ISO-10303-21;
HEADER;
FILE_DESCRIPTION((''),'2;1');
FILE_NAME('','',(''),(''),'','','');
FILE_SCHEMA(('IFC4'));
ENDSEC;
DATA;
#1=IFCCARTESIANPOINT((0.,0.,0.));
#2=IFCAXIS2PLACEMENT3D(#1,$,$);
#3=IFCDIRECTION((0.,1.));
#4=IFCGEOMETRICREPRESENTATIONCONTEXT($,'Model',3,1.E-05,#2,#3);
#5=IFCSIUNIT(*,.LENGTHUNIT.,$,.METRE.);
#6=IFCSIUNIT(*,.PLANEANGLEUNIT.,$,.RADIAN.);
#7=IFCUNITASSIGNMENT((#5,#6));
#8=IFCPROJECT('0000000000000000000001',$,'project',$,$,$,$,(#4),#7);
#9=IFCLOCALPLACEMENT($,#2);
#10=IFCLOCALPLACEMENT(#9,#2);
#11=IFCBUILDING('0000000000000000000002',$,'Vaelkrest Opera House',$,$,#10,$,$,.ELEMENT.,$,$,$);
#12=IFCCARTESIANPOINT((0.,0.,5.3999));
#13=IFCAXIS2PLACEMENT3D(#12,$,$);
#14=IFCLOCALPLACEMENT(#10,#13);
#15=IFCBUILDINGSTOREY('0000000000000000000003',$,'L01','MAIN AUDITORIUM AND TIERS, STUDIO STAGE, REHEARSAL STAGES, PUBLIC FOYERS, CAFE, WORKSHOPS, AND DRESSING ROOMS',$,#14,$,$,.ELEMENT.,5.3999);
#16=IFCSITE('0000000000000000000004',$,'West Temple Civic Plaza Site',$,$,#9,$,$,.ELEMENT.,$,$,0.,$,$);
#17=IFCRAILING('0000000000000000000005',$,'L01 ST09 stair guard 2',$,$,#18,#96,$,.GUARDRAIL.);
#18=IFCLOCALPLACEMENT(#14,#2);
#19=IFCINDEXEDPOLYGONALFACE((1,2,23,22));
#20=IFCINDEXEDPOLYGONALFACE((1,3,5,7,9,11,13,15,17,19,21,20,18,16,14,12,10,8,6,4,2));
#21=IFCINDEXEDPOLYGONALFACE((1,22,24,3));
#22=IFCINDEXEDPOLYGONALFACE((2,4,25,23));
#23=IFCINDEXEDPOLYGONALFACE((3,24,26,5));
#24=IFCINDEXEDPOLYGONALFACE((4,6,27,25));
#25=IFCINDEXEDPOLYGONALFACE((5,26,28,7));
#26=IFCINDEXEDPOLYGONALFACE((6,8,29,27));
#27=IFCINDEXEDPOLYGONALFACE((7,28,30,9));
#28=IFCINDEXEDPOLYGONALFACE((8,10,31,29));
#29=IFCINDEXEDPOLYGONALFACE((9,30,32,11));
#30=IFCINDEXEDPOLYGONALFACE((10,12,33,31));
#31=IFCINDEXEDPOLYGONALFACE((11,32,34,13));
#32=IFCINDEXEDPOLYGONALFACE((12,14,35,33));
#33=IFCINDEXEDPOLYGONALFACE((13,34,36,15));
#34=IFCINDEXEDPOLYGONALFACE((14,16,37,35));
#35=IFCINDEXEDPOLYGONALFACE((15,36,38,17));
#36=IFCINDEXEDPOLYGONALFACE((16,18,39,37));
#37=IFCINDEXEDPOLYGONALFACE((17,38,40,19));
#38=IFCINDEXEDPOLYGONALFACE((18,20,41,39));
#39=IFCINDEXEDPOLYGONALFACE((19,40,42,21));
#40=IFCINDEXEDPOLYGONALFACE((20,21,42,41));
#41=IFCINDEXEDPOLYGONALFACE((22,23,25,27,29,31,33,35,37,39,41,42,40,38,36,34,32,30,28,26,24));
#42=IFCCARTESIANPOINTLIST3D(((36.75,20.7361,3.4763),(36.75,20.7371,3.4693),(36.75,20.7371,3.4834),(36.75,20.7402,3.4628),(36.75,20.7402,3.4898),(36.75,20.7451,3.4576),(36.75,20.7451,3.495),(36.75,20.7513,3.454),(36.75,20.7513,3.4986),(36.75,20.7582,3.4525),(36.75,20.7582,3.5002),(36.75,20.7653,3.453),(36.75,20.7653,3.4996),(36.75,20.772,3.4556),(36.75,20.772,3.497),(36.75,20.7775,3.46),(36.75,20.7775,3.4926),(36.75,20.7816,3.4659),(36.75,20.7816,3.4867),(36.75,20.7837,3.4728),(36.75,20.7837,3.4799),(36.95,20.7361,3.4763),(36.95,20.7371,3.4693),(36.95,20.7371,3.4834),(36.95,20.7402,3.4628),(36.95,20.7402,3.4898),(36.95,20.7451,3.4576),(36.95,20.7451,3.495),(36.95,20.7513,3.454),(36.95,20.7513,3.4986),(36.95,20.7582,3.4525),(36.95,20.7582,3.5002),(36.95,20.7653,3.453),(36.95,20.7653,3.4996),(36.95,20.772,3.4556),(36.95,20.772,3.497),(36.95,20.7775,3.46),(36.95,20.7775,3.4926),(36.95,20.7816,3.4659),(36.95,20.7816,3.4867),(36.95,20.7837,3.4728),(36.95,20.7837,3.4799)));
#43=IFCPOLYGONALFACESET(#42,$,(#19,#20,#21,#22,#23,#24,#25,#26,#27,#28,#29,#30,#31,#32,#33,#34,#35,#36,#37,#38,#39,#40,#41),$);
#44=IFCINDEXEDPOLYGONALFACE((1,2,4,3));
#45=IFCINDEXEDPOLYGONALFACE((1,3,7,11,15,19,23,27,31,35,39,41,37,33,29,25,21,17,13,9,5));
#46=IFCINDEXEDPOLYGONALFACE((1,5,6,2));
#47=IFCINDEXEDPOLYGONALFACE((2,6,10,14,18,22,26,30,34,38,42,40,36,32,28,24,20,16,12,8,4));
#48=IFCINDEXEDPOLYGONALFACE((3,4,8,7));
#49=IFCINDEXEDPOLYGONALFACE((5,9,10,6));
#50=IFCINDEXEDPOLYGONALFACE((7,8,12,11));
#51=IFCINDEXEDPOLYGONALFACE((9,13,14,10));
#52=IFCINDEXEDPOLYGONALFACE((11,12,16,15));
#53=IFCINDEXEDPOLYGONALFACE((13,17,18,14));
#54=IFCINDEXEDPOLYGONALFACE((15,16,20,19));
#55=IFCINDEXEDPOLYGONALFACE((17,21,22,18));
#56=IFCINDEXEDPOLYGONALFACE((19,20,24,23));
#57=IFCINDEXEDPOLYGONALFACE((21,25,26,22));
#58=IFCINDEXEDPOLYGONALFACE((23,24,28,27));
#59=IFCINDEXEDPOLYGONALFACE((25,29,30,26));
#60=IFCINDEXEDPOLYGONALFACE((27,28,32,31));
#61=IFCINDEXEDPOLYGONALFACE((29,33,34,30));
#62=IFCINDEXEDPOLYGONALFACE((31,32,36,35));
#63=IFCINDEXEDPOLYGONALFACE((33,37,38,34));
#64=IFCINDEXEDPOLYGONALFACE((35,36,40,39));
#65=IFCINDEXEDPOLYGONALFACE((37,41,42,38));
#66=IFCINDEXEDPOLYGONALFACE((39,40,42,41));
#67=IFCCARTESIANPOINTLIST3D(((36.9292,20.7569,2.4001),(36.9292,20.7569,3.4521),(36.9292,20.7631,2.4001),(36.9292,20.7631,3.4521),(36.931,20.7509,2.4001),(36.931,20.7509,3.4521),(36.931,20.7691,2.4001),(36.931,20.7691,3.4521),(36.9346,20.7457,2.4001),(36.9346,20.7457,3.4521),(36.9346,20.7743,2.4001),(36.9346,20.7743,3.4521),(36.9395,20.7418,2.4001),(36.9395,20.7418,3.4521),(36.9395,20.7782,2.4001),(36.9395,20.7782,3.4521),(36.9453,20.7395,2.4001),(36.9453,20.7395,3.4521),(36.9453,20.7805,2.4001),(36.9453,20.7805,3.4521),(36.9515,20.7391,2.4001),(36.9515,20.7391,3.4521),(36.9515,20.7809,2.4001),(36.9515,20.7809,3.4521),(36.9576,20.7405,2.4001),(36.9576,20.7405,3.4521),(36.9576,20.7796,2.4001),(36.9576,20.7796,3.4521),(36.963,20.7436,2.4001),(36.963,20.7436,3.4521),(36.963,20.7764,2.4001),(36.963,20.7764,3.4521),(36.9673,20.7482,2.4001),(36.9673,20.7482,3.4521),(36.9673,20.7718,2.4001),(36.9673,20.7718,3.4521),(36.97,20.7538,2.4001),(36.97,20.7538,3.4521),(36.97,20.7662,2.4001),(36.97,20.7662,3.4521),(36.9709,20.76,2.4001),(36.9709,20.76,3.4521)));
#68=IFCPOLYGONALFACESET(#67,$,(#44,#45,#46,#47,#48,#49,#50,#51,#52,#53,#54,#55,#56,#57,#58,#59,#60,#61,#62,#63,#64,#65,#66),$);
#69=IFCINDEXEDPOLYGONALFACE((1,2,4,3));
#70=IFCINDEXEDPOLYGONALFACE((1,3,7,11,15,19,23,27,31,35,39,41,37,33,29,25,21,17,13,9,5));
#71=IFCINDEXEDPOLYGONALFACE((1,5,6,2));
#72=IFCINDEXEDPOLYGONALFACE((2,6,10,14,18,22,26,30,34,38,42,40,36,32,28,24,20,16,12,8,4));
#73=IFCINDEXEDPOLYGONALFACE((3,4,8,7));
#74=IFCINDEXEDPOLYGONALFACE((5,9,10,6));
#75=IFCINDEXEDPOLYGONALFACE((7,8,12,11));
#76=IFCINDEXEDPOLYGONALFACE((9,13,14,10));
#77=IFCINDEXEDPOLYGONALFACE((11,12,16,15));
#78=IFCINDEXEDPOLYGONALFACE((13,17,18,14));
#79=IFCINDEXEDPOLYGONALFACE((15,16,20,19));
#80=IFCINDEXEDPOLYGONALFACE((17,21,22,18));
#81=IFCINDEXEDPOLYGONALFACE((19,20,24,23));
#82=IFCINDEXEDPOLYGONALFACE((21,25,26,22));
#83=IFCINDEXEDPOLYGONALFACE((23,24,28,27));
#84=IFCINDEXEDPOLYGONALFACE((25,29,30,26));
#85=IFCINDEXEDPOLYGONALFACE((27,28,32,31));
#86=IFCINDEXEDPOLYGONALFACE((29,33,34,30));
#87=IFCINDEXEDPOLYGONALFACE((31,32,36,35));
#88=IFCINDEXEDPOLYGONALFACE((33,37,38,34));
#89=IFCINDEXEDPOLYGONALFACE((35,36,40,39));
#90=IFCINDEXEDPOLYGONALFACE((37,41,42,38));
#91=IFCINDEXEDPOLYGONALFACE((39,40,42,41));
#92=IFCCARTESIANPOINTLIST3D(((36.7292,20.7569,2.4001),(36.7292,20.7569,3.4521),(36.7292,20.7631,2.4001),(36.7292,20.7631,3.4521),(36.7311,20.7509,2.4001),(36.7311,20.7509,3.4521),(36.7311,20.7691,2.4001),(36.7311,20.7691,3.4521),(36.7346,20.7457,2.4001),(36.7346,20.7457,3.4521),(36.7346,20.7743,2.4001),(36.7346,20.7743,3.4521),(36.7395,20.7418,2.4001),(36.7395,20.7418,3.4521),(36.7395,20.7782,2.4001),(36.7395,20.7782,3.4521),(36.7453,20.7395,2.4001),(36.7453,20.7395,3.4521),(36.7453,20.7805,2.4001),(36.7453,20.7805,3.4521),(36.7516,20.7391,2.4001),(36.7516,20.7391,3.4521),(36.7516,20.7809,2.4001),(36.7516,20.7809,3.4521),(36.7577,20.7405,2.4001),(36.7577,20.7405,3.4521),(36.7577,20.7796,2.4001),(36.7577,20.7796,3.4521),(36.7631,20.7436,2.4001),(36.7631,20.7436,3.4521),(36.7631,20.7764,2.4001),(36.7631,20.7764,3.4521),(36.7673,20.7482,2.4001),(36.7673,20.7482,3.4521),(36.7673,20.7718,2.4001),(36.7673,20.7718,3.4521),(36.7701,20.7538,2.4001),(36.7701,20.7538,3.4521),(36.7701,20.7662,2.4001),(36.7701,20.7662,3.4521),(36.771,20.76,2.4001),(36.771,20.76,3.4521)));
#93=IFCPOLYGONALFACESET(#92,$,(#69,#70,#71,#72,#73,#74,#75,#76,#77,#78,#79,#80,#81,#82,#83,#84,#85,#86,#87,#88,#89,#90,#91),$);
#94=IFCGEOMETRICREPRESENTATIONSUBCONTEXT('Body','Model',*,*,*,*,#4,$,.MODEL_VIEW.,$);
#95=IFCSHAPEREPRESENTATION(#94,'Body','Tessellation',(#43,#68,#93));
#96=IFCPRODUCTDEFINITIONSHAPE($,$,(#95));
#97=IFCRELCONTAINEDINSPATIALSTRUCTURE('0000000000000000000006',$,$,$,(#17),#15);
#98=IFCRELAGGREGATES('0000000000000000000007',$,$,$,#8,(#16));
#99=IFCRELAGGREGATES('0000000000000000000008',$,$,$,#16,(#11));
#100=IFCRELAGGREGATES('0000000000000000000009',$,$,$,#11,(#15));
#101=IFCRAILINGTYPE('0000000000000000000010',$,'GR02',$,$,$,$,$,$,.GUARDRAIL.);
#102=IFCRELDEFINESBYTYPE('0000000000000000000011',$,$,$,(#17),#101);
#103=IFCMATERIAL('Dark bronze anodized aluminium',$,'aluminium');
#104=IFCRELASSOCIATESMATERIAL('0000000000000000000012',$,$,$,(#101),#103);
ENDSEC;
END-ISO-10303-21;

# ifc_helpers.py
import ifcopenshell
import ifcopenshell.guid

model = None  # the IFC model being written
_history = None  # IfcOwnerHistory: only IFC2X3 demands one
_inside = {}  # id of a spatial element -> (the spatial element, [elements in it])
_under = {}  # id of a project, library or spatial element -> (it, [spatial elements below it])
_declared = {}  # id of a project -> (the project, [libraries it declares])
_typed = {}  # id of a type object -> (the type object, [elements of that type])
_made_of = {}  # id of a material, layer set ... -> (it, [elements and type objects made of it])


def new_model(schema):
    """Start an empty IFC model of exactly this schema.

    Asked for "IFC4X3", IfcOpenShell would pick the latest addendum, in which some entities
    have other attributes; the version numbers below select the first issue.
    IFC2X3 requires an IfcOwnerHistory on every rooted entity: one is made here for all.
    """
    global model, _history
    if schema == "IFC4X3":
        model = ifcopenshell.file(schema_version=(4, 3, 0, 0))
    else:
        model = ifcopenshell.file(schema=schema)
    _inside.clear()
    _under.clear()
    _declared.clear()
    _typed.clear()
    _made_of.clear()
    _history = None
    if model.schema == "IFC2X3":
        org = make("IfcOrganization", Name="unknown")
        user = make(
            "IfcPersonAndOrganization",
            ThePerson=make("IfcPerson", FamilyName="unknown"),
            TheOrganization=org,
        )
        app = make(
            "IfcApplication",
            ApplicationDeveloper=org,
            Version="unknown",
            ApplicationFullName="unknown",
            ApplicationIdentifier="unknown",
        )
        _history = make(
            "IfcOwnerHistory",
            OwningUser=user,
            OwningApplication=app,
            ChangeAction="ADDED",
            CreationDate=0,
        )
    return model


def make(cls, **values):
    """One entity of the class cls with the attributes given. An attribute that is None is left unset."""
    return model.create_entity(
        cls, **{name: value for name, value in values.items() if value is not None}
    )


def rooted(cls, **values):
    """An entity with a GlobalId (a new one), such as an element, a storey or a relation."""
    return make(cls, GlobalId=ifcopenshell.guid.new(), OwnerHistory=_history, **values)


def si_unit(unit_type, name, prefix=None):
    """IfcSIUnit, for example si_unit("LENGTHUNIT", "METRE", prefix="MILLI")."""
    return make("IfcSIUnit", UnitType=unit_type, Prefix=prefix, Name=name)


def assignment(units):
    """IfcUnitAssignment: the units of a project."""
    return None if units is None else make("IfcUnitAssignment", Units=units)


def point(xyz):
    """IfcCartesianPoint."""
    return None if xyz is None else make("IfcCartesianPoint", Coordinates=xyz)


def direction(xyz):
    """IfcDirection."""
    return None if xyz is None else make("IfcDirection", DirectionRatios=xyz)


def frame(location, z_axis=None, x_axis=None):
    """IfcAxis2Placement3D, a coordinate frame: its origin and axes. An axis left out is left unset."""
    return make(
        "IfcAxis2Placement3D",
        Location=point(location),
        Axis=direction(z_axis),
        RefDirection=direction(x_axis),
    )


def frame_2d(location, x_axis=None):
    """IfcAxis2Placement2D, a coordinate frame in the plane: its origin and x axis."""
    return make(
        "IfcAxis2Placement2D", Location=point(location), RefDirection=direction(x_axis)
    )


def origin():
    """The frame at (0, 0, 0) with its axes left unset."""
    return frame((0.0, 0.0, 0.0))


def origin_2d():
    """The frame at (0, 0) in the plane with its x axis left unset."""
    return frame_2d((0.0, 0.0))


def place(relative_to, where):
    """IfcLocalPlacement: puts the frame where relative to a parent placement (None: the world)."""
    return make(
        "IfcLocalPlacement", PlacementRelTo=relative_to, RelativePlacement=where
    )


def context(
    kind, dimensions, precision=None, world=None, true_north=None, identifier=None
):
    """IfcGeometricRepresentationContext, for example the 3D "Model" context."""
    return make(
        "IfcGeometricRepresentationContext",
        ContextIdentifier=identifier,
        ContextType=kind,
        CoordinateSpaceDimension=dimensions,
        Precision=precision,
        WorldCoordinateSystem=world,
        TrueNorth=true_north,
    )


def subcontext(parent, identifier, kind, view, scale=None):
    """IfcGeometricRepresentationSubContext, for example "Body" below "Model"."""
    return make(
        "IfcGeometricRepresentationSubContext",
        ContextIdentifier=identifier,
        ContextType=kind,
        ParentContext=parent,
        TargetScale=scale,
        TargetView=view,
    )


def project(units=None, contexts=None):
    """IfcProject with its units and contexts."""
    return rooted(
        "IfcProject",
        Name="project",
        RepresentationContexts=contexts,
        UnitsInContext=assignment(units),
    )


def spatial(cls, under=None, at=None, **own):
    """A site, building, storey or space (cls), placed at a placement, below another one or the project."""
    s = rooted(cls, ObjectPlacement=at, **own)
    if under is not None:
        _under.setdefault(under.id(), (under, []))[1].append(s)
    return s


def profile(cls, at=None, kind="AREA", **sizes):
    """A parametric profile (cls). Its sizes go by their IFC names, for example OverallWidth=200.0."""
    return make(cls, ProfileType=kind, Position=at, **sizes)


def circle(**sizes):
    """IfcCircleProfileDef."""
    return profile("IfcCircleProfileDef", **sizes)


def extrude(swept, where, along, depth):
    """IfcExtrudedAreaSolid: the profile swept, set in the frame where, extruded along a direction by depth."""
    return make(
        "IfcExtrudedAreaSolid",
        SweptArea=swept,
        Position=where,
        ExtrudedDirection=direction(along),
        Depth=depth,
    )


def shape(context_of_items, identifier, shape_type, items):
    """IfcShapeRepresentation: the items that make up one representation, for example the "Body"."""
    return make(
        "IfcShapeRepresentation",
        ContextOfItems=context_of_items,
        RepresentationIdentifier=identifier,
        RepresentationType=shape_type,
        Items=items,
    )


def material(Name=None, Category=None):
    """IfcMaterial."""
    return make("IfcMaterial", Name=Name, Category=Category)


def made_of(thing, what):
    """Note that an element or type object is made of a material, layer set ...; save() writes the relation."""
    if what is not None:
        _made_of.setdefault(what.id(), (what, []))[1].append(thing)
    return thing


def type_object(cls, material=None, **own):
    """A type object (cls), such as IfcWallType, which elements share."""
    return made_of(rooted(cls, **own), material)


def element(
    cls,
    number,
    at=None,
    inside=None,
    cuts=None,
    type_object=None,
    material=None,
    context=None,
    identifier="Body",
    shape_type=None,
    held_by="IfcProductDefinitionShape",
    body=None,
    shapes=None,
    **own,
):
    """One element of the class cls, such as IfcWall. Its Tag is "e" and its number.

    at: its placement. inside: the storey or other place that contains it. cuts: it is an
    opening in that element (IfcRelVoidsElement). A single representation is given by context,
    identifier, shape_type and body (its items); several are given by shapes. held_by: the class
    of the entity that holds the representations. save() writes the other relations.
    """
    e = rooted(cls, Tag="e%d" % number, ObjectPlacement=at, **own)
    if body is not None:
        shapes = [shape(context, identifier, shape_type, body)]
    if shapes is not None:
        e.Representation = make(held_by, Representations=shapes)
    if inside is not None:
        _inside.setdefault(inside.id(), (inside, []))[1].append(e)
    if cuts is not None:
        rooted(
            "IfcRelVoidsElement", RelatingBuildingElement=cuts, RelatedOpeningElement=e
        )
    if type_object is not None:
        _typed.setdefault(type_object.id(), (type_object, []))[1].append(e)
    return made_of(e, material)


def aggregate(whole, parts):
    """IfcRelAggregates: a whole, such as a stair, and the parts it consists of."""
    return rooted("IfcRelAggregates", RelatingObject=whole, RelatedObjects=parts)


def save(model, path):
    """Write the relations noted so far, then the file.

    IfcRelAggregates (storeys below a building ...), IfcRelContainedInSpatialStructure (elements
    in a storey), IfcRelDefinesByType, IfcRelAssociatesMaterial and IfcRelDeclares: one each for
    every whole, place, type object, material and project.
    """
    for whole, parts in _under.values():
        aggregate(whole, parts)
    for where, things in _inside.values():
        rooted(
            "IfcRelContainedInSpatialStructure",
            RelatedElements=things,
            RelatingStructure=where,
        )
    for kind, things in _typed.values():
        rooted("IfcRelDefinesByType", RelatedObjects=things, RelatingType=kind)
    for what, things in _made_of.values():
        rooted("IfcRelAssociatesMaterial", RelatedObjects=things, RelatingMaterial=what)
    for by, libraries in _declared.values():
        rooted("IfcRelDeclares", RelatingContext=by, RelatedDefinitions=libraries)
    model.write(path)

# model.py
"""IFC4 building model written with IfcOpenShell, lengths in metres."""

from ifc_helpers import new_model, si_unit, direction, frame, origin, origin_2d, place, context, subcontext, project, spatial, circle, extrude, material, type_object, element, save


model = new_model("IFC4")

# Units and contexts
model_context = context("Model", 3, precision=1e-05, world=origin(), true_north=direction((0.0, 1.0)))
body_context = subcontext(model_context, "Body", "Model", "MODEL_VIEW")
ifc_project = project(units=[si_unit("LENGTHUNIT", "METRE"), si_unit("PLANEANGLEUNIT", "RADIAN")], contexts=[model_context])

# Site, building, storey
site_placement = place(None, origin())
site = spatial("IfcSite", under=ifc_project, at=site_placement, Name="West Temple Civic Plaza Site", CompositionType="ELEMENT", RefElevation=0.0)
building_placement = place(site_placement, origin())
building = spatial("IfcBuilding", under=site, at=building_placement, Name="Vaelkrest Opera House", CompositionType="ELEMENT")
storey_placement = place(building_placement, frame((0.0, 0.0, 5.3999)))
storey = spatial("IfcBuildingStorey", under=building, at=storey_placement, Name="L01", Description="MAIN AUDITORIUM AND TIERS, STUDIO STAGE, REHEARSAL STAGES, PUBLIC FOYERS, CAFE, WORKSHOPS, AND DRESSING ROOMS", CompositionType="ELEMENT", Elevation=5.3999)

# Shared definitions
ifc_material_1 = material(Name="Dark bronze anodized aluminium", Category="aluminium")

# Railing
railing_type_1 = type_object("IfcRailingType", Name="GR02", PredefinedType="GUARDRAIL", material=ifc_material_1)
railing_1_placement = place(storey_placement, frame((36.95, 20.76, 2.4001)))
element("IfcRailing", 1, at=railing_1_placement, inside=storey, type_object=railing_type_1, Name="L01 ST09 stair guard 2", PredefinedType="GUARDRAIL", context=body_context, shape_type="SweptSolid", body=[
    extrude(circle(Radius=0.0239, at=origin_2d()), frame((0.0, 0.0, 1.0762), z_axis=(-1.0, 0.0, 0.0), x_axis=(0.0, -1.0, 0.0)), (0.0, 0.0, 1.0), 0.2),
    extrude(circle(Radius=0.021, at=origin_2d()), origin(), (0.0, 0.0, 1.0), 1.052),
    extrude(circle(Radius=0.021, at=origin_2d()), frame((-0.2, 0.0, 0.0)), (0.0, 0.0, 1.0), 1.052),
])

save(model, "model.ifc")
